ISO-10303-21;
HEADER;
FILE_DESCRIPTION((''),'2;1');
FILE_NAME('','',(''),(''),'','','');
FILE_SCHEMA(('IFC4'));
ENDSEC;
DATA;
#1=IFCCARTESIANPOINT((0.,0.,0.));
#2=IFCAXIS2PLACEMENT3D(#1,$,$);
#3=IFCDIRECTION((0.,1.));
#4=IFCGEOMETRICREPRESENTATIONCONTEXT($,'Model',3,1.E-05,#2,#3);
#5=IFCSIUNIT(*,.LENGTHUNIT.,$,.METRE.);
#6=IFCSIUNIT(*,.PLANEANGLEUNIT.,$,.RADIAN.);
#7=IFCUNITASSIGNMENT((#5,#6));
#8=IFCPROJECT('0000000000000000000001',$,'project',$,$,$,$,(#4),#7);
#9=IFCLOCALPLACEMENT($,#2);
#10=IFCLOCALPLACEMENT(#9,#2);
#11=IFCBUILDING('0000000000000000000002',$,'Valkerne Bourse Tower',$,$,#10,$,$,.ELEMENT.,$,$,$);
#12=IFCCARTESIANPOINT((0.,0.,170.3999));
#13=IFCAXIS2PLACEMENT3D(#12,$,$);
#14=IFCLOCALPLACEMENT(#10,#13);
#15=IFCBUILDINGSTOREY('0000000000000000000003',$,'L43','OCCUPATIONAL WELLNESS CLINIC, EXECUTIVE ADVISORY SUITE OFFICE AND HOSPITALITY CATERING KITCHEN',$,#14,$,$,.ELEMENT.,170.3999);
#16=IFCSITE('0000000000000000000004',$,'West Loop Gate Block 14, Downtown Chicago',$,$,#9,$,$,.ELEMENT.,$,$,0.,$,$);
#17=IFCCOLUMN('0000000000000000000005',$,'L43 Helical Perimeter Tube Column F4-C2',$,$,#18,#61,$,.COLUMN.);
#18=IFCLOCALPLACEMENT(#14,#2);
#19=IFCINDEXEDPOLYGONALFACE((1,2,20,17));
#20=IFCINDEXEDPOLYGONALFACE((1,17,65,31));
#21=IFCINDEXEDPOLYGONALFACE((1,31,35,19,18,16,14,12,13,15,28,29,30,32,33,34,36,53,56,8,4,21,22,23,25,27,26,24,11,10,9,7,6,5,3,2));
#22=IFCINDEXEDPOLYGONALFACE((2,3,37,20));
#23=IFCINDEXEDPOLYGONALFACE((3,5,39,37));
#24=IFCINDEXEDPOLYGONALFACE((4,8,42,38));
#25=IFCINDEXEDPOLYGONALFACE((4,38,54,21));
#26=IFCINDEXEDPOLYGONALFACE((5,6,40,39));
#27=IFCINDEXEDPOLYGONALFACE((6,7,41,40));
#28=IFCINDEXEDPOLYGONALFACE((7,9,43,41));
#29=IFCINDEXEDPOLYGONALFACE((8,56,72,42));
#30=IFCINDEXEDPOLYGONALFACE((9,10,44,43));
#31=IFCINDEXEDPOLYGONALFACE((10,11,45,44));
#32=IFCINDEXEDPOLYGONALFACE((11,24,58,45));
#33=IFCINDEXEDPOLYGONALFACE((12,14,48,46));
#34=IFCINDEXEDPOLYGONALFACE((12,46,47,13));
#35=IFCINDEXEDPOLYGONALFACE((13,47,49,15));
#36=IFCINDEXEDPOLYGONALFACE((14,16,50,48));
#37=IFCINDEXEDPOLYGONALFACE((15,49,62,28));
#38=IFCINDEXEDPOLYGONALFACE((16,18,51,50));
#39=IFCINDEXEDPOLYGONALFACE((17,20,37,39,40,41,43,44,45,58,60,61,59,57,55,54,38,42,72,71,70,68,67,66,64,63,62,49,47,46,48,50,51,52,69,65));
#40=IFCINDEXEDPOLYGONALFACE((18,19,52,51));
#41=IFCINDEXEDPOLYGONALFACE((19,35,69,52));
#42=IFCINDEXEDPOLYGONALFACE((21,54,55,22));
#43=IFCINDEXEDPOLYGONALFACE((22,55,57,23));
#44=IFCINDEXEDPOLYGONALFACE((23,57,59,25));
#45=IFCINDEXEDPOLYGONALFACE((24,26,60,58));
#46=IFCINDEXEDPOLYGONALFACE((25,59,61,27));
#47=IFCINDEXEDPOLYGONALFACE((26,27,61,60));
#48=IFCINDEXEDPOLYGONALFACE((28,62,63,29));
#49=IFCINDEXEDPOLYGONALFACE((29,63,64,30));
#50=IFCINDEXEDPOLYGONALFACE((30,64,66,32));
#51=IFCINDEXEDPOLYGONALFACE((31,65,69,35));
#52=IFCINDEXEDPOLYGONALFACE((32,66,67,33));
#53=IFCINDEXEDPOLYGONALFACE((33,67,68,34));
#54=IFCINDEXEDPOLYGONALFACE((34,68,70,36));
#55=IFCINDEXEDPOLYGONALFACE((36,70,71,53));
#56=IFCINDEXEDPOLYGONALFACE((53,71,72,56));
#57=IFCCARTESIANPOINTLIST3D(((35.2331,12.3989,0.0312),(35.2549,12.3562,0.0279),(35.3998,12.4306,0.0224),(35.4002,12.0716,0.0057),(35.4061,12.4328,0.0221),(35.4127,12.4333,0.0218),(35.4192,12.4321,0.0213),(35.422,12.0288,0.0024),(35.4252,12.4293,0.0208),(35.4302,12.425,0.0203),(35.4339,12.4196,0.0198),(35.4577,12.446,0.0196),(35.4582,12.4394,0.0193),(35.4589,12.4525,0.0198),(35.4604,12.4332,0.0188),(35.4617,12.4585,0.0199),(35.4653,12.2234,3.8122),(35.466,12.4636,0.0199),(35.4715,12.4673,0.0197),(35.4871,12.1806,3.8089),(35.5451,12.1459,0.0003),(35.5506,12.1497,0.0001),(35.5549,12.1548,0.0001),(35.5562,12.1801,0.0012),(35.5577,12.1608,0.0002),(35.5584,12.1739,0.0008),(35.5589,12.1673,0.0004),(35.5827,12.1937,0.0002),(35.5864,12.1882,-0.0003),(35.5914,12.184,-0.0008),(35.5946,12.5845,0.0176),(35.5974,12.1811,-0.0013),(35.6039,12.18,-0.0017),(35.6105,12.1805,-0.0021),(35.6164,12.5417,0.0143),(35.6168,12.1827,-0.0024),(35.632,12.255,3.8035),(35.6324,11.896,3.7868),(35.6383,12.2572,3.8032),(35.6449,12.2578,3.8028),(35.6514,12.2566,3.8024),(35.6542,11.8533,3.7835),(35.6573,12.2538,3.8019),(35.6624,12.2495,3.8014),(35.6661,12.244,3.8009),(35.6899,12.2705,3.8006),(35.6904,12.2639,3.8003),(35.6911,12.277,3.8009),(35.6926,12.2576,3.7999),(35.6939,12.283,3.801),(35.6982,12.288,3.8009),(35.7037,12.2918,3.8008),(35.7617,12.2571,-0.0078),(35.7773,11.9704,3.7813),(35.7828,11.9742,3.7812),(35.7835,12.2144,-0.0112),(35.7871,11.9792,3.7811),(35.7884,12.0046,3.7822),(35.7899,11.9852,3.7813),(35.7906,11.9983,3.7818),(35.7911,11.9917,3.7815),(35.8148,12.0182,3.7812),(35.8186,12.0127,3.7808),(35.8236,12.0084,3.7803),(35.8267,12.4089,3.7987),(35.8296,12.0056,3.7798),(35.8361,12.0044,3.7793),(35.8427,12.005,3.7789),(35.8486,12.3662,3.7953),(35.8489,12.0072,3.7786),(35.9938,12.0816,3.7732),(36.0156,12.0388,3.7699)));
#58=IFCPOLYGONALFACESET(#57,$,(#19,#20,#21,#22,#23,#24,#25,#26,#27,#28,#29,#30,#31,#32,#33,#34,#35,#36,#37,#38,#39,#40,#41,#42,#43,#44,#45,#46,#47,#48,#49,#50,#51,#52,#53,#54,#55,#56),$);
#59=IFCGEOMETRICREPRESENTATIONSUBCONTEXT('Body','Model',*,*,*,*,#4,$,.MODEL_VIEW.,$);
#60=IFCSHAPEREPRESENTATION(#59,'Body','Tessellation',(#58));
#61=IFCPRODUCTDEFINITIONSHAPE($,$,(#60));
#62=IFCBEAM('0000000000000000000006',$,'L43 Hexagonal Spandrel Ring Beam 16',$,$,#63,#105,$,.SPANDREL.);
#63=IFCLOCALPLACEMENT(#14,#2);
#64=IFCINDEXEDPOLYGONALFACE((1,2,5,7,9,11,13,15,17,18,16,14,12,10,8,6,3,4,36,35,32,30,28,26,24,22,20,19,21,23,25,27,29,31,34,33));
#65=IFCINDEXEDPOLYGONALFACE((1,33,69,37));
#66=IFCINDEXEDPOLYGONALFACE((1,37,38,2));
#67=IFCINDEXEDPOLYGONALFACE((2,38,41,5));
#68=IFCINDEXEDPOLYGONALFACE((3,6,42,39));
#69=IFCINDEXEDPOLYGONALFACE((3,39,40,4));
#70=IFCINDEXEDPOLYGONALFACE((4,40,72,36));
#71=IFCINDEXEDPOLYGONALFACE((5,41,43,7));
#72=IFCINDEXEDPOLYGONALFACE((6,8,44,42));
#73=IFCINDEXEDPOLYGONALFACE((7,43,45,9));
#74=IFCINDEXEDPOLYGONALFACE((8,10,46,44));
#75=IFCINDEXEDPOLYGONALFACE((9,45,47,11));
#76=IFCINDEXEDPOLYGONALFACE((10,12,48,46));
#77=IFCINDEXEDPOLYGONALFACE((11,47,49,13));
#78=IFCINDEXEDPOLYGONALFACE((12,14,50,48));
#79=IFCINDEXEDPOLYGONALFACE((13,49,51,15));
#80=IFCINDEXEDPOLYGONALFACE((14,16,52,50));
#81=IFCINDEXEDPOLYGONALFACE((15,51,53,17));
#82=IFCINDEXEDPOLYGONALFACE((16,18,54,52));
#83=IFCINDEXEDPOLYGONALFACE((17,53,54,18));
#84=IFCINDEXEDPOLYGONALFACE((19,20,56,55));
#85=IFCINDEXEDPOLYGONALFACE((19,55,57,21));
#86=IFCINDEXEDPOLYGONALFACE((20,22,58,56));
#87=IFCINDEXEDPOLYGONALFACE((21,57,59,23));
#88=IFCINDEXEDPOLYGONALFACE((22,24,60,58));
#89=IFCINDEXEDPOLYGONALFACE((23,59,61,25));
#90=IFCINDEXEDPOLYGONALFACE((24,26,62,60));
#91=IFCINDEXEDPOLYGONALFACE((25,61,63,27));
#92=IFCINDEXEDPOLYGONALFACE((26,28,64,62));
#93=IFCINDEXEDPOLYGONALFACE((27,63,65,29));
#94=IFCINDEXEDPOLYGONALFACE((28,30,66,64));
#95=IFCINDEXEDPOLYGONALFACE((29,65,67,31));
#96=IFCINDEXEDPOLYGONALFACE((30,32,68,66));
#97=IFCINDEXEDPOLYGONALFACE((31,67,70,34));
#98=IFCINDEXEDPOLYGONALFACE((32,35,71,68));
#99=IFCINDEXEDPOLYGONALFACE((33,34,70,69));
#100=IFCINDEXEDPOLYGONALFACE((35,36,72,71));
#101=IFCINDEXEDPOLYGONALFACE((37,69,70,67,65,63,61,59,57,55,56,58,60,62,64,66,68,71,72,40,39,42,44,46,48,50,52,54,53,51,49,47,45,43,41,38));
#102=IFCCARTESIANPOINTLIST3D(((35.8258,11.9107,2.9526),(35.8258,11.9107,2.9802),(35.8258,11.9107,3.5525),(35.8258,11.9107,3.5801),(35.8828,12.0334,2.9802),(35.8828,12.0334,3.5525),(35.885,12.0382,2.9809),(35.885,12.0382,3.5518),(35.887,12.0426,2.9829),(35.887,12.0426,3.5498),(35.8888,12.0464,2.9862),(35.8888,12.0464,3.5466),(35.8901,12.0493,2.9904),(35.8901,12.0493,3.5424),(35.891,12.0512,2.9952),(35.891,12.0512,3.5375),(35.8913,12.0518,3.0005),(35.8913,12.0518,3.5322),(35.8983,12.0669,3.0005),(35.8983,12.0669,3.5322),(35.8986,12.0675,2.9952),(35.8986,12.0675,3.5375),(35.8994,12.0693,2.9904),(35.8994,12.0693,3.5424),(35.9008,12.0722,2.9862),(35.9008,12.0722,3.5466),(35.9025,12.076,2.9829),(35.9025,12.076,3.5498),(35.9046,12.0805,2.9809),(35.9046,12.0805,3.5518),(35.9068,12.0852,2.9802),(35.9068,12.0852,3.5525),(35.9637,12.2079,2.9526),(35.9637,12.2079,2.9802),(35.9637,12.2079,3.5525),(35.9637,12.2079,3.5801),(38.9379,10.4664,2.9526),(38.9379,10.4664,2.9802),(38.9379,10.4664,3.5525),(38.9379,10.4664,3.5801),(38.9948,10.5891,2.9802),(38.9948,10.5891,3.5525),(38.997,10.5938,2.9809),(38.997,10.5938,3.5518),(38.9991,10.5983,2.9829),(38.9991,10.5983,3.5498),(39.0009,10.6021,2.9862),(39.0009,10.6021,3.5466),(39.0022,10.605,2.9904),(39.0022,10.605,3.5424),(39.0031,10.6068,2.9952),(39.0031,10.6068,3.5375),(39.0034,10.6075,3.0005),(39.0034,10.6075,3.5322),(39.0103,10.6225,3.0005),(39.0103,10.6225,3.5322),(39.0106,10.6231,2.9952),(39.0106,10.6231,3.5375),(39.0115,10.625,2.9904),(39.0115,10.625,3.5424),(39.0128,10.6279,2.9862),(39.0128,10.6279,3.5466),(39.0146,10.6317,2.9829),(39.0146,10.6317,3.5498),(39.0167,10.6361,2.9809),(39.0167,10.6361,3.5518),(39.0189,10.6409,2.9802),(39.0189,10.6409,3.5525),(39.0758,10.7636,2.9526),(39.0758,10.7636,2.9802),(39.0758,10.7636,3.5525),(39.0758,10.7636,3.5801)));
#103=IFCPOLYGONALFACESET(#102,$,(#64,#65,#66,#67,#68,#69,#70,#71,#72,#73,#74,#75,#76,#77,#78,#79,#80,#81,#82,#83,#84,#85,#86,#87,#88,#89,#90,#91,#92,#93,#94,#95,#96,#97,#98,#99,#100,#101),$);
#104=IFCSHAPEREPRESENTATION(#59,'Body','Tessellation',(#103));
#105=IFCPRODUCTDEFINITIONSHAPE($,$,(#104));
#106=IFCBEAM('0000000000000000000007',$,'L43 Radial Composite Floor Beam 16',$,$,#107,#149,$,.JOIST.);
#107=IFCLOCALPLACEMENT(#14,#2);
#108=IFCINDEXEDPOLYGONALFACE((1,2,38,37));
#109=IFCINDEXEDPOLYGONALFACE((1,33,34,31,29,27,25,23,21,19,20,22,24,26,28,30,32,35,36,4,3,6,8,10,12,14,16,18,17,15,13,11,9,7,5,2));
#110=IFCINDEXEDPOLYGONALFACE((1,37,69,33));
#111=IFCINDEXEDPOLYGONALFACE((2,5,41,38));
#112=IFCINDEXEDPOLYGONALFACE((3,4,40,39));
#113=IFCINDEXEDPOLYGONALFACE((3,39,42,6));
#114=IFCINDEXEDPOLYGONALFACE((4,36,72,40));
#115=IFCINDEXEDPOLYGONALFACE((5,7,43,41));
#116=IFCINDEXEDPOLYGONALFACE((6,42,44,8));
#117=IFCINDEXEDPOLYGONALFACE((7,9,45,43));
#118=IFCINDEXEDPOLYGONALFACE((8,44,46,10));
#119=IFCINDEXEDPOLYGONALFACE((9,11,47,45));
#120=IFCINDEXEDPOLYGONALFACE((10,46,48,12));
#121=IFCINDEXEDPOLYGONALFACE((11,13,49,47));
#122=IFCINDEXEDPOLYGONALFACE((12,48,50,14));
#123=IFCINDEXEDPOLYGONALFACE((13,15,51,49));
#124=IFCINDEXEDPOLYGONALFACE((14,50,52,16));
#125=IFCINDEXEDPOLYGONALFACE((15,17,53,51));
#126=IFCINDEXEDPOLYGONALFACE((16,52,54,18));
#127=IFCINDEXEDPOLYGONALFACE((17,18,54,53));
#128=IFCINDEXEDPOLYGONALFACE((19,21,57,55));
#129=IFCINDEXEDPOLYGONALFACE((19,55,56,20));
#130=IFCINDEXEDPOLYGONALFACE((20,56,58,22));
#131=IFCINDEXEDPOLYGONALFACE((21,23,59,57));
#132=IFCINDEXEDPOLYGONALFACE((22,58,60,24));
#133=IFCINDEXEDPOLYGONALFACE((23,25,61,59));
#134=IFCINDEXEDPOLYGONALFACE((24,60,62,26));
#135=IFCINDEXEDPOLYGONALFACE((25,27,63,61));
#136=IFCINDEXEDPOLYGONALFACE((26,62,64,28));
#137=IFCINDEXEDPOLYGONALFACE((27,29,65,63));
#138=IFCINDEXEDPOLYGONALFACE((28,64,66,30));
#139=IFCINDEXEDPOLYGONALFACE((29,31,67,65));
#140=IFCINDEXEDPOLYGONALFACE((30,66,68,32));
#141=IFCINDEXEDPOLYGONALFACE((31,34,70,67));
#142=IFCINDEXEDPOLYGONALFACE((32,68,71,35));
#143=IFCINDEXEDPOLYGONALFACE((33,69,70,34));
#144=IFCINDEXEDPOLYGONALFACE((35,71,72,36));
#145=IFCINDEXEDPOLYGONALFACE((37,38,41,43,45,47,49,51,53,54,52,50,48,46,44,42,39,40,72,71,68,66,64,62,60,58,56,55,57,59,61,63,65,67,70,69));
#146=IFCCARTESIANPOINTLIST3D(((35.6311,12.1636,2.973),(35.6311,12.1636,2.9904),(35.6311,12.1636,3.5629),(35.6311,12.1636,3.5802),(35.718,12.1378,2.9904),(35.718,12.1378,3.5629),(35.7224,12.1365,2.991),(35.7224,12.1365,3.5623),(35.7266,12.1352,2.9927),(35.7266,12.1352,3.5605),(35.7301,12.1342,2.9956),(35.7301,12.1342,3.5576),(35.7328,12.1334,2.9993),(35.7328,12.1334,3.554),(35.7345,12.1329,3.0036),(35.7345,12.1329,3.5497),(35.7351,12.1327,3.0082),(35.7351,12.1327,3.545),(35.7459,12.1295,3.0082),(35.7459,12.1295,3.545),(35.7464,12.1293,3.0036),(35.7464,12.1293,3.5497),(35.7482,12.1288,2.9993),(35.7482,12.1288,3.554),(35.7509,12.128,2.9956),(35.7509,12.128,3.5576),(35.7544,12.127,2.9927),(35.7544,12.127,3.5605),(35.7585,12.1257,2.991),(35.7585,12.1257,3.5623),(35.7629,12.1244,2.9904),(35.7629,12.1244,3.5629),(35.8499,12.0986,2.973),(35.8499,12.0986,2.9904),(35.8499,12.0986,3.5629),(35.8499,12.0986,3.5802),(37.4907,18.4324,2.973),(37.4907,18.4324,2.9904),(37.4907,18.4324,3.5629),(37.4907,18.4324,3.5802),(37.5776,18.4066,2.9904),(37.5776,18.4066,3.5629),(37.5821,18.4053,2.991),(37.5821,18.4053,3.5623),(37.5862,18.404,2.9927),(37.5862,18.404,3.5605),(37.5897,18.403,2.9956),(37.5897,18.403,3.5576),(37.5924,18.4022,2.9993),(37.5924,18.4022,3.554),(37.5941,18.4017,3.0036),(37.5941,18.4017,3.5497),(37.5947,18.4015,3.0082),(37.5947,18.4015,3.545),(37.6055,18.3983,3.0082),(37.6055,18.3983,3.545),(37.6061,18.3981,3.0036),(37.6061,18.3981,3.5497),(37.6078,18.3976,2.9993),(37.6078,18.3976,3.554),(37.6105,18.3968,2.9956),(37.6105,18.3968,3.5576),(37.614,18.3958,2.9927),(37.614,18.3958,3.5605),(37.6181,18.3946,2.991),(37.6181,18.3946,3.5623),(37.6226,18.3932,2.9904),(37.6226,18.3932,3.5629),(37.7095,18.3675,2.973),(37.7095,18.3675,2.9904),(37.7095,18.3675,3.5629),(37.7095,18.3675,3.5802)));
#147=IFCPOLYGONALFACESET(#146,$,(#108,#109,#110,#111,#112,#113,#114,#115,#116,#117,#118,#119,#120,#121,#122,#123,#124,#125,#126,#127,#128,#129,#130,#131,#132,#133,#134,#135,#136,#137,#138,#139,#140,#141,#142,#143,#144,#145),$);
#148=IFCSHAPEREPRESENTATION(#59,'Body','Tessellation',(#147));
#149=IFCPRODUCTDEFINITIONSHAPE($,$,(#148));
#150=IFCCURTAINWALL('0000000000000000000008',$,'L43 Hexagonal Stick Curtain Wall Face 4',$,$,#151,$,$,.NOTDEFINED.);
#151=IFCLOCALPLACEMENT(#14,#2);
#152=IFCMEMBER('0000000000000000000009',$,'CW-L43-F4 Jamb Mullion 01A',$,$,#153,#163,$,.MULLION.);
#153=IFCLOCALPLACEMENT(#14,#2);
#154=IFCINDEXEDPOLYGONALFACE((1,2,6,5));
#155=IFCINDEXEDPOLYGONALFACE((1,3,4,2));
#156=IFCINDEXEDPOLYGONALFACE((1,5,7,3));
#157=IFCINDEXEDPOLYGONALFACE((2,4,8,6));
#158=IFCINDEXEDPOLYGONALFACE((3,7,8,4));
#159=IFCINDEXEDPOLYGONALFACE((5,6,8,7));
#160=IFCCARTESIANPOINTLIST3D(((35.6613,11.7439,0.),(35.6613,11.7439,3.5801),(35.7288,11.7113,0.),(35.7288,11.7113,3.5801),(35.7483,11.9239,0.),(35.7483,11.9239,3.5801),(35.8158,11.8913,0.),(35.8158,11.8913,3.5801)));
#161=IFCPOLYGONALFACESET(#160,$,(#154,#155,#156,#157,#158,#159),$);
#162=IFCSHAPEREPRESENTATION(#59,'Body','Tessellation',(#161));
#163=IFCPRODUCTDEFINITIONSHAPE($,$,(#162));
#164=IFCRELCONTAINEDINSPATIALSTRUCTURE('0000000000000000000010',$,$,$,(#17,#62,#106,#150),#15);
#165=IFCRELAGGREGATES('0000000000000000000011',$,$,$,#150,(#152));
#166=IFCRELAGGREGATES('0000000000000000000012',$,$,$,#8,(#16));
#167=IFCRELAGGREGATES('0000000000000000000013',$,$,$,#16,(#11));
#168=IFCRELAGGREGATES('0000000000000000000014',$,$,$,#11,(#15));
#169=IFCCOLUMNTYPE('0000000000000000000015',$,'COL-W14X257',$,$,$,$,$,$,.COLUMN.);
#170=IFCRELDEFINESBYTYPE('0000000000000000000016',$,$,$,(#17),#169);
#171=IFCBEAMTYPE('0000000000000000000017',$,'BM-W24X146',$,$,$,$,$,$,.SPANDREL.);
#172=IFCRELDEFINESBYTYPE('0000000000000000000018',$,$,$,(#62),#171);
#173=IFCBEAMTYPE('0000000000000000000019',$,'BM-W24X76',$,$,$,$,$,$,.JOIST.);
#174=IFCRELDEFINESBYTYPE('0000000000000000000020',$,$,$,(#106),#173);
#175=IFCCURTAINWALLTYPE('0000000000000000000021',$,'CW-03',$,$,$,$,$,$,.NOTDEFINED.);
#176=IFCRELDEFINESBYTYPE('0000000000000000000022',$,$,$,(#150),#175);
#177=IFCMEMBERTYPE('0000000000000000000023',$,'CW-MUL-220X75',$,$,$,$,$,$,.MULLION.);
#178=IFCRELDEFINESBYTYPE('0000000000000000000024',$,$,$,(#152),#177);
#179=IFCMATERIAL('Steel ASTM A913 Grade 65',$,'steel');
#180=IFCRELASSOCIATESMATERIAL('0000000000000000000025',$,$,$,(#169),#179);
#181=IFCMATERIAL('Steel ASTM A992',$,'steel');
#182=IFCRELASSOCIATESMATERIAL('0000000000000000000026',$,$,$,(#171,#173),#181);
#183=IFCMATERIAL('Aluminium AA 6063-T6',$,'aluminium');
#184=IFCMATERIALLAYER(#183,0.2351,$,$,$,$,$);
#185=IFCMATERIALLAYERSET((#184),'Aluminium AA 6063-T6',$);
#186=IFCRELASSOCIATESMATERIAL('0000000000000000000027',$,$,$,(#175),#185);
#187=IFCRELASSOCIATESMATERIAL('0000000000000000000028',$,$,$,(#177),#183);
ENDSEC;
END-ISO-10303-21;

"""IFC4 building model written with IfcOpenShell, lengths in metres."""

from ifc_helpers import new_model, si_unit, direction, frame, origin, origin_2d, place, context, subcontext, project, spatial, rectangle, i_section, extrude, material, layer, layer_set, material_profile, profile_set, type_object, element, aggregate, save


model = new_model("IFC4")

# Units and contexts
model_context = context("Model", 3, precision=1e-05, world=origin(), true_north=direction((0.0, 1.0)))
body_context = subcontext(model_context, "Body", "Model", "MODEL_VIEW")
ifc_project = project(units=[si_unit("LENGTHUNIT", "METRE"), si_unit("PLANEANGLEUNIT", "RADIAN")], contexts=[model_context])

# Site, building, storey
site_placement = place(None, origin())
site = spatial("IfcSite", under=ifc_project, at=site_placement, Name="West Loop Gate Block 14, Downtown Chicago", CompositionType="ELEMENT", RefElevation=0.0)
building_placement = place(site_placement, origin())
building = spatial("IfcBuilding", under=site, at=building_placement, Name="Valkerne Bourse Tower", CompositionType="ELEMENT")
storey_placement = place(building_placement, frame((0.0, 0.0, 170.3999)))
storey = spatial("IfcBuildingStorey", under=building, at=storey_placement, Name="L43", Description="OCCUPATIONAL WELLNESS CLINIC, EXECUTIVE ADVISORY SUITE OFFICE AND HOSPITALITY CATERING KITCHEN", CompositionType="ELEMENT", Elevation=170.3999)

# Column
ifc_material_1 = material(Name="Steel ASTM A913 Grade 65", Category="steel")
ifc_material_profile_1 = material_profile(ifc_material_1, i_section(OverallWidth=0.4065, OverallDepth=0.4165, WebThickness=0.0298, FlangeThickness=0.0481, FilletRadius=0.0254, at=origin_2d()), Name="W14X257")
ifc_profile_set_1 = profile_set([ifc_material_profile_1], Name="Steel ASTM A913 Grade 65")
column_type = type_object("IfcColumnType", Name="COL-W14X257", PredefinedType="COLUMN", material=ifc_profile_set_1)
column_placement = place(storey_placement, frame((35.5083, 12.3066, 0.01), z_axis=(0.061225, -0.046289, 0.99705), x_axis=(0.889117, 0.45646, -0.033406)))
element("IfcColumn", 1, at=column_placement, inside=storey, type_object=column_type, Name="L43 Helical Perimeter Tube Column F4-C2", PredefinedType="COLUMN", context=body_context, shape_type="SweptSolid", body=[
    extrude(i_section(OverallWidth=0.4065, OverallDepth=0.4165, WebThickness=0.0298, FlangeThickness=0.0481, FilletRadius=0.0254, at=origin_2d()), origin(), (0.0, 0.0, 1.0), 3.7922),
])

# Beams
ifc_material_2 = material(Name="Steel ASTM A992", Category="steel")
ifc_material_profile_2 = material_profile(ifc_material_2, i_section(OverallWidth=0.3276, OverallDepth=0.6274, WebThickness=0.0166, FlangeThickness=0.0276, FilletRadius=0.0203, at=origin_2d()), Name="W24X146")
ifc_profile_set_2 = profile_set([ifc_material_profile_2], Name="Steel ASTM A992")
beam_type_1 = type_object("IfcBeamType", Name="BM-W24X146", PredefinedType="SPANDREL", material=ifc_profile_set_2)
beam_1_placement = place(storey_placement, frame((35.8948, 12.0593, 3.2664), z_axis=(0.90707, -0.42098, 0.0), x_axis=(0.42098, 0.90707, 0.0)))
element("IfcBeam", 2, at=beam_1_placement, inside=storey, type_object=beam_type_1, Name="L43 Hexagonal Spandrel Ring Beam 16", PredefinedType="SPANDREL", context=body_context, shape_type="SweptSolid", body=[
    extrude(i_section(OverallWidth=0.3276, OverallDepth=0.6274, WebThickness=0.0166, FlangeThickness=0.0276, FilletRadius=0.0203, at=origin_2d()), origin(), (0.0, 0.0, 1.0), 3.4309),
])
ifc_material_profile_3 = material_profile(ifc_material_2, i_section(OverallWidth=0.2283, OverallDepth=0.6072, WebThickness=0.0112, FlangeThickness=0.0173, FilletRadius=0.0178, at=origin_2d()), Name="W24X76")
ifc_profile_set_3 = profile_set([ifc_material_profile_3], Name="Steel ASTM A992")
beam_type_2 = type_object("IfcBeamType", Name="BM-W24X76", PredefinedType="JOIST", material=ifc_profile_set_3)
beam_2_placement = place(storey_placement, frame((35.7405, 12.1311, 3.2766), z_axis=(0.284397, 0.958707, 0.0), x_axis=(-0.958707, 0.284397, 0.0)))
element("IfcBeam", 3, at=beam_2_placement, inside=storey, type_object=beam_type_2, Name="L43 Radial Composite Floor Beam 16", PredefinedType="JOIST", context=body_context, shape_type="SweptSolid", body=[
    extrude(i_section(OverallWidth=0.2283, OverallDepth=0.6072, WebThickness=0.0112, FlangeThickness=0.0173, FilletRadius=0.0178, at=origin_2d()), origin(), (0.0, 0.0, 1.0), 6.5388),
])

# Curtain wall, member
ifc_material_3 = material(Name="Aluminium AA 6063-T6", Category="aluminium")
ifc_layer_1 = layer(ifc_material_3, 0.2351)
ifc_layer_set_1 = layer_set([ifc_layer_1], Name="Aluminium AA 6063-T6")
curtain_wall_type = type_object("IfcCurtainWallType", Name="CW-03", PredefinedType="NOTDEFINED", material=ifc_layer_set_1)
curtain_wall_placement = place(storey_placement, origin())
curtain_wall = element("IfcCurtainWall", 4, at=curtain_wall_placement, inside=storey, type_object=curtain_wall_type, Name="L43 Hexagonal Stick Curtain Wall Face 4", PredefinedType="NOTDEFINED")
ifc_material_profile_4 = material_profile(ifc_material_3, rectangle(XDim=0.075, YDim=0.2, at=origin_2d()), Name="CWM-75X200")
ifc_profile_set_4 = profile_set([ifc_material_profile_4], Name="Aluminium AA 6063-T6")
member_type_1 = type_object("IfcMemberType", Name="CW-MUL-220X75", PredefinedType="MULLION", material=ifc_profile_set_4)
member_1_placement = place(storey_placement, frame((35.7385, 11.8176, 0.0), z_axis=(0.0, 0.0, 1.0), x_axis=(0.900314, -0.435241, 0.0)))
member_1 = element("IfcMember", 5, at=member_1_placement, type_object=member_type_1, Name="CW-L43-F4 Jamb Mullion 01A", PredefinedType="MULLION", context=body_context, shape_type="SweptSolid", body=[
    extrude(rectangle(XDim=0.075, YDim=0.2, at=origin_2d()), origin(), (0.0, 0.0, 1.0), 3.5801),
])

aggregate(curtain_wall, [member_1])

save(model, "model.ifc")
